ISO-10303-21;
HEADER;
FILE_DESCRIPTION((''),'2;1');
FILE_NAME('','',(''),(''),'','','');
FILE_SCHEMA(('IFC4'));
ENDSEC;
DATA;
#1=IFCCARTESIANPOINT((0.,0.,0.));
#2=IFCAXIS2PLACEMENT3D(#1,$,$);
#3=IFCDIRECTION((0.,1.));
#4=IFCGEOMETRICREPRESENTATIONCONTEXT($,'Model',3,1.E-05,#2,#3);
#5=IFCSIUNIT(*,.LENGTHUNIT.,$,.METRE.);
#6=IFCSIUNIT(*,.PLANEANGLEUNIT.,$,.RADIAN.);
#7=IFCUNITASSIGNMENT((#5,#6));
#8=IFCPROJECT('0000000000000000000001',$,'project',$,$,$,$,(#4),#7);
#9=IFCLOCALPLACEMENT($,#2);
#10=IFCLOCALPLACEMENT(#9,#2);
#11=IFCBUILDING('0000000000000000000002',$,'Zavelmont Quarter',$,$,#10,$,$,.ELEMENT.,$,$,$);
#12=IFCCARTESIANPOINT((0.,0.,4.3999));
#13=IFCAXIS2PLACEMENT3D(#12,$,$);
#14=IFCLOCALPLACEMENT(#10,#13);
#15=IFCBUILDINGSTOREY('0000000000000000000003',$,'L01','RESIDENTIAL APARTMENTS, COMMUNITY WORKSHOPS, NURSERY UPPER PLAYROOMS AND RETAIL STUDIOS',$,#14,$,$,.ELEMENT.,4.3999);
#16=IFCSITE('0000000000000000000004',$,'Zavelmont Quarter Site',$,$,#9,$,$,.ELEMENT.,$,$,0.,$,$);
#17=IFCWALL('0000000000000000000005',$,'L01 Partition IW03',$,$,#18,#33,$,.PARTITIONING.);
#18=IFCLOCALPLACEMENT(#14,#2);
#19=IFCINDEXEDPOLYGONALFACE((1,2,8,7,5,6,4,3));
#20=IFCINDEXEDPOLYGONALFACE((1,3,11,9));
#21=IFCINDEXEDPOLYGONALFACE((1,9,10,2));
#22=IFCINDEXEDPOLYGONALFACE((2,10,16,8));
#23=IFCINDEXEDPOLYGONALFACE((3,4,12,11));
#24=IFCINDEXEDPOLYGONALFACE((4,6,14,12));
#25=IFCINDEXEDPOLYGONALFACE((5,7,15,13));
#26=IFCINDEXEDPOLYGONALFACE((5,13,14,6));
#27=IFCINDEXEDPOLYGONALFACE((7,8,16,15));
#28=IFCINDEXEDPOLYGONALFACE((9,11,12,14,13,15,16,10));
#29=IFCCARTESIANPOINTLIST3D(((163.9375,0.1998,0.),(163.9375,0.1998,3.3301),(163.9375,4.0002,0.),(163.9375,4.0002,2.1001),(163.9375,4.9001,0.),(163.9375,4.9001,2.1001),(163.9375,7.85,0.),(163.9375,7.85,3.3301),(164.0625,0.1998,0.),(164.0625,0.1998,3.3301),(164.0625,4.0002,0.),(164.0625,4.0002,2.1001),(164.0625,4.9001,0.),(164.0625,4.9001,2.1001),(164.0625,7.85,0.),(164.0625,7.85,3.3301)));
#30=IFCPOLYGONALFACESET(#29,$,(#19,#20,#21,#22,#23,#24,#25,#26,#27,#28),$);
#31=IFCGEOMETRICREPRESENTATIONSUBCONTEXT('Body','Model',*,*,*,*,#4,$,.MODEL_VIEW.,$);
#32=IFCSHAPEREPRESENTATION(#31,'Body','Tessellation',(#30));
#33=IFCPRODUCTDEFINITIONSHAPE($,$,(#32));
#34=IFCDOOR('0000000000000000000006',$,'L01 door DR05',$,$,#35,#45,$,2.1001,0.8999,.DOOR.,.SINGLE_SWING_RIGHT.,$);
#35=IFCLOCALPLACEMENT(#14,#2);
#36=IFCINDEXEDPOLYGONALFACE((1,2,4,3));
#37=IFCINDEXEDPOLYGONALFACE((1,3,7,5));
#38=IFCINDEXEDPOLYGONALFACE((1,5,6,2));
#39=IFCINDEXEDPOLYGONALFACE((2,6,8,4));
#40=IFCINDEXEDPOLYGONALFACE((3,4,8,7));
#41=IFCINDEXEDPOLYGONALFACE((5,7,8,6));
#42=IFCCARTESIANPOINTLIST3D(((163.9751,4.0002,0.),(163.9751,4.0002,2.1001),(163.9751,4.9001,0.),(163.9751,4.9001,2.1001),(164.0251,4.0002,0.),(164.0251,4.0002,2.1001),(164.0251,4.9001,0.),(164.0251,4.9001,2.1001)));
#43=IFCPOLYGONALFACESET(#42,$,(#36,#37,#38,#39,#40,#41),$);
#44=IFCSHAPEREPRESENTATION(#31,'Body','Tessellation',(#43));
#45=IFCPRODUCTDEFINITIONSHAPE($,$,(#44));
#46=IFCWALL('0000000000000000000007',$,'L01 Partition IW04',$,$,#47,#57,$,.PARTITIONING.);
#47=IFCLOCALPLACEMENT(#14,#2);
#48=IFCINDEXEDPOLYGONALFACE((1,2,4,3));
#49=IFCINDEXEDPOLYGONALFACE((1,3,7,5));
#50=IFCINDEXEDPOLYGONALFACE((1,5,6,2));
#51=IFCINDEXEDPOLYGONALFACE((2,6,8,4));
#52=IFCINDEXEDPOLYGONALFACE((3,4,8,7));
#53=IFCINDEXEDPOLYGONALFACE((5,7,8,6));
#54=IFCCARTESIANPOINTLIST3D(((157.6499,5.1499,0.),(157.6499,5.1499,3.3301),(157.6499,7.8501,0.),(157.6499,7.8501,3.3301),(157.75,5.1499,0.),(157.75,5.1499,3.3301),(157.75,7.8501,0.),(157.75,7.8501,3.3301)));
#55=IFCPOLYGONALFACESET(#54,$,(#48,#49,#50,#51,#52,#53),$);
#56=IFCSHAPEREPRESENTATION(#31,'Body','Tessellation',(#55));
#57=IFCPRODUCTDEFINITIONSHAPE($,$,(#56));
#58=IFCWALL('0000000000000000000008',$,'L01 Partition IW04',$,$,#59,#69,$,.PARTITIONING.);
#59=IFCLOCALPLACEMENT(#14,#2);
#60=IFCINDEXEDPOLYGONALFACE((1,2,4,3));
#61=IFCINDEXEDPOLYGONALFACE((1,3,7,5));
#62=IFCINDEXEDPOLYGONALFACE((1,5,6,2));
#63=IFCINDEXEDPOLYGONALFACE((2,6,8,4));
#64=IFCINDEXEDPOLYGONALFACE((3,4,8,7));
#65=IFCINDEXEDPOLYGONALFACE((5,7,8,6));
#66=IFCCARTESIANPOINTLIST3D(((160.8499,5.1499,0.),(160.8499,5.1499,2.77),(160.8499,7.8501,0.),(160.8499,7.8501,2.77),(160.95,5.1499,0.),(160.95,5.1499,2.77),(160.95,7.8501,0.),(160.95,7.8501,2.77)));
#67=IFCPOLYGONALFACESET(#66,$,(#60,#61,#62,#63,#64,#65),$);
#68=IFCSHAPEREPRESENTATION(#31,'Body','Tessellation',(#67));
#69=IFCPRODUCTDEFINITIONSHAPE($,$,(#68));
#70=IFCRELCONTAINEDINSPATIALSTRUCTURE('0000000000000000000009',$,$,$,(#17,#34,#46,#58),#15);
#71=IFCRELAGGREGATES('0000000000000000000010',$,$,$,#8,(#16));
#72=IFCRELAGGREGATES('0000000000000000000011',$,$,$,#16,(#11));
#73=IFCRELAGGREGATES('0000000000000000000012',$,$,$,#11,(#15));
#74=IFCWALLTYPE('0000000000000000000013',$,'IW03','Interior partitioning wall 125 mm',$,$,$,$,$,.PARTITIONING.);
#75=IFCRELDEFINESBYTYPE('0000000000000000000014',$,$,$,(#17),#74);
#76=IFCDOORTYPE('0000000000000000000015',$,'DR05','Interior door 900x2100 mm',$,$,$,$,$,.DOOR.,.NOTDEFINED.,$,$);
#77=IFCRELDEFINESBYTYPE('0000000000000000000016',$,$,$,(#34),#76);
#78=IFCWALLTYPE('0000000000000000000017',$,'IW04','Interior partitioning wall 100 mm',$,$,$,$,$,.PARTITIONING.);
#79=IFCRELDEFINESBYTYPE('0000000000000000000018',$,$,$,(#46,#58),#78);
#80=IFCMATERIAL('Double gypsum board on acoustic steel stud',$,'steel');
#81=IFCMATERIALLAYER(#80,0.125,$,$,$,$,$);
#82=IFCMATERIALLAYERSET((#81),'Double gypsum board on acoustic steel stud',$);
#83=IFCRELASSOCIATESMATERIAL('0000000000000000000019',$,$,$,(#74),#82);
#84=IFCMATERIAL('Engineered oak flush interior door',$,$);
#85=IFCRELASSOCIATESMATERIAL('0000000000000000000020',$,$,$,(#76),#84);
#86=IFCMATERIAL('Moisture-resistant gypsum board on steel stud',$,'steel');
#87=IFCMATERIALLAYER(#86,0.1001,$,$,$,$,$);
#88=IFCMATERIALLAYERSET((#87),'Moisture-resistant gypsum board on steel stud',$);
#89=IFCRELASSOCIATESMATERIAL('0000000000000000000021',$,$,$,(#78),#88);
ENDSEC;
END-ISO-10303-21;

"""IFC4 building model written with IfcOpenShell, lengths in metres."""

from ifc_helpers import new_model, si_unit, direction, frame, frame_2d, origin, place, context, subcontext, project, spatial, rectangle, extrude, material, layer, layer_set, type_object, element, fill, save


model = new_model("IFC4")

# Units and contexts
model_context = context("Model", 3, precision=1e-05, world=origin(), true_north=direction((0.0, 1.0)))
body_context = subcontext(model_context, "Body", "Model", "MODEL_VIEW")
ifc_project = project(units=[si_unit("LENGTHUNIT", "METRE"), si_unit("PLANEANGLEUNIT", "RADIAN")], contexts=[model_context])

# Site, building, storey
site_placement = place(None, origin())
site = spatial("IfcSite", under=ifc_project, at=site_placement, Name="Zavelmont Quarter Site", CompositionType="ELEMENT", RefElevation=0.0)
building_placement = place(site_placement, origin())
building = spatial("IfcBuilding", under=site, at=building_placement, Name="Zavelmont Quarter", CompositionType="ELEMENT")
storey_placement = place(building_placement, frame((0.0, 0.0, 4.3999)))
storey = spatial("IfcBuildingStorey", under=building, at=storey_placement, Name="L01", Description="RESIDENTIAL APARTMENTS, COMMUNITY WORKSHOPS, NURSERY UPPER PLAYROOMS AND RETAIL STUDIOS", CompositionType="ELEMENT", Elevation=4.3999)

# Shared definitions
ifc_material_1 = material(Name="Double gypsum board on acoustic steel stud", Category="steel")
ifc_layer_1 = layer(ifc_material_1, 0.125)
ifc_layer_set_1 = layer_set([ifc_layer_1], Name="Double gypsum board on acoustic steel stud")
wall_type_1 = type_object("IfcWallType", Name="IW03", Description="Interior partitioning wall 125 mm", PredefinedType="PARTITIONING", material=ifc_layer_set_1)

# Wall, opening, door
wall_1_placement = place(storey_placement, frame((164.0, 7.8501, 0.0), z_axis=(0.0, 0.0, 1.0), x_axis=(0.0, -1.0, 0.0)))
wall_1 = element("IfcWall", 1, at=wall_1_placement, inside=storey, type_object=wall_type_1, Name="L01 Partition IW03", PredefinedType="PARTITIONING", context=body_context, shape_type="SweptSolid", body=[
    extrude(rectangle(XDim=7.6501, YDim=0.125, at=frame_2d((3.8252, 0.0))), origin(), (0.0, 0.0, 1.0), 3.3301),
])
opening_1_placement = place(wall_1_placement, frame((2.95, 0.0, 0.0)))
opening_1 = element("IfcOpeningElement", 2, at=opening_1_placement, cuts=wall_1, PredefinedType="OPENING", context=body_context, shape_type="SweptSolid", body=[
    extrude(rectangle(XDim=0.8999, YDim=2.1001, at=frame_2d((0.45, 1.05))), frame((0.0, 0.0745, 0.0), z_axis=(0.0, -1.0, 0.0), x_axis=(1.0, 0.0, 0.0)), (0.0, 0.0, 1.0), 0.1489),
])
ifc_material_2 = material(Name="Engineered oak flush interior door")
door_type_1 = type_object("IfcDoorType", Name="DR05", Description="Interior door 900x2100 mm", OperationType="NOTDEFINED", PredefinedType="DOOR", material=ifc_material_2)
door_1_placement = place(opening_1_placement, frame((0.8999, 0.0, 0.0), z_axis=(0.0, 0.0, 1.0), x_axis=(-1.0, 0.0, 0.0)))
door_1 = element("IfcDoor", 3, at=door_1_placement, inside=storey, type_object=door_type_1, Name="L01 door DR05", OperationType="SINGLE_SWING_RIGHT", OverallHeight=2.1001, OverallWidth=0.8999, PredefinedType="DOOR", context=body_context, shape_type="SweptSolid", body=[
    extrude(rectangle(XDim=0.8999, YDim=2.1001, at=frame_2d((0.45, 1.05))), frame((0.0, 0.0249, 0.0), z_axis=(0.0, -1.0, 0.0), x_axis=(1.0, 0.0, 0.0)), (0.0, 0.0, 1.0), 0.05),
])
fill(opening_1, door_1)

# Walls
ifc_material_3 = material(Name="Moisture-resistant gypsum board on steel stud", Category="steel")
ifc_layer_2 = layer(ifc_material_3, 0.1001)
ifc_layer_set_2 = layer_set([ifc_layer_2], Name="Moisture-resistant gypsum board on steel stud")
wall_type_2 = type_object("IfcWallType", Name="IW04", Description="Interior partitioning wall 100 mm", PredefinedType="PARTITIONING", material=ifc_layer_set_2)
wall_2_placement = place(storey_placement, frame((157.7, 7.8501, 0.0), z_axis=(0.0, 0.0, 1.0), x_axis=(0.0, -1.0, 0.0)))
element("IfcWall", 4, at=wall_2_placement, inside=storey, type_object=wall_type_2, Name="L01 Partition IW04", PredefinedType="PARTITIONING", context=body_context, shape_type="SweptSolid", body=[
    extrude(rectangle(XDim=2.7002, YDim=0.1001, at=frame_2d((1.3501, 0.0))), origin(), (0.0, 0.0, 1.0), 3.3301),
])
wall_3_placement = place(storey_placement, frame((160.8999, 7.8501, 0.0), z_axis=(0.0, 0.0, 1.0), x_axis=(0.0, -1.0, 0.0)))
element("IfcWall", 5, at=wall_3_placement, inside=storey, type_object=wall_type_2, Name="L01 Partition IW04", PredefinedType="PARTITIONING", context=body_context, shape_type="SweptSolid", body=[
    extrude(rectangle(XDim=2.7002, YDim=0.1001, at=frame_2d((1.3501, 0.0))), origin(), (0.0, 0.0, 1.0), 2.77),
])

save(model, "model.ifc")
